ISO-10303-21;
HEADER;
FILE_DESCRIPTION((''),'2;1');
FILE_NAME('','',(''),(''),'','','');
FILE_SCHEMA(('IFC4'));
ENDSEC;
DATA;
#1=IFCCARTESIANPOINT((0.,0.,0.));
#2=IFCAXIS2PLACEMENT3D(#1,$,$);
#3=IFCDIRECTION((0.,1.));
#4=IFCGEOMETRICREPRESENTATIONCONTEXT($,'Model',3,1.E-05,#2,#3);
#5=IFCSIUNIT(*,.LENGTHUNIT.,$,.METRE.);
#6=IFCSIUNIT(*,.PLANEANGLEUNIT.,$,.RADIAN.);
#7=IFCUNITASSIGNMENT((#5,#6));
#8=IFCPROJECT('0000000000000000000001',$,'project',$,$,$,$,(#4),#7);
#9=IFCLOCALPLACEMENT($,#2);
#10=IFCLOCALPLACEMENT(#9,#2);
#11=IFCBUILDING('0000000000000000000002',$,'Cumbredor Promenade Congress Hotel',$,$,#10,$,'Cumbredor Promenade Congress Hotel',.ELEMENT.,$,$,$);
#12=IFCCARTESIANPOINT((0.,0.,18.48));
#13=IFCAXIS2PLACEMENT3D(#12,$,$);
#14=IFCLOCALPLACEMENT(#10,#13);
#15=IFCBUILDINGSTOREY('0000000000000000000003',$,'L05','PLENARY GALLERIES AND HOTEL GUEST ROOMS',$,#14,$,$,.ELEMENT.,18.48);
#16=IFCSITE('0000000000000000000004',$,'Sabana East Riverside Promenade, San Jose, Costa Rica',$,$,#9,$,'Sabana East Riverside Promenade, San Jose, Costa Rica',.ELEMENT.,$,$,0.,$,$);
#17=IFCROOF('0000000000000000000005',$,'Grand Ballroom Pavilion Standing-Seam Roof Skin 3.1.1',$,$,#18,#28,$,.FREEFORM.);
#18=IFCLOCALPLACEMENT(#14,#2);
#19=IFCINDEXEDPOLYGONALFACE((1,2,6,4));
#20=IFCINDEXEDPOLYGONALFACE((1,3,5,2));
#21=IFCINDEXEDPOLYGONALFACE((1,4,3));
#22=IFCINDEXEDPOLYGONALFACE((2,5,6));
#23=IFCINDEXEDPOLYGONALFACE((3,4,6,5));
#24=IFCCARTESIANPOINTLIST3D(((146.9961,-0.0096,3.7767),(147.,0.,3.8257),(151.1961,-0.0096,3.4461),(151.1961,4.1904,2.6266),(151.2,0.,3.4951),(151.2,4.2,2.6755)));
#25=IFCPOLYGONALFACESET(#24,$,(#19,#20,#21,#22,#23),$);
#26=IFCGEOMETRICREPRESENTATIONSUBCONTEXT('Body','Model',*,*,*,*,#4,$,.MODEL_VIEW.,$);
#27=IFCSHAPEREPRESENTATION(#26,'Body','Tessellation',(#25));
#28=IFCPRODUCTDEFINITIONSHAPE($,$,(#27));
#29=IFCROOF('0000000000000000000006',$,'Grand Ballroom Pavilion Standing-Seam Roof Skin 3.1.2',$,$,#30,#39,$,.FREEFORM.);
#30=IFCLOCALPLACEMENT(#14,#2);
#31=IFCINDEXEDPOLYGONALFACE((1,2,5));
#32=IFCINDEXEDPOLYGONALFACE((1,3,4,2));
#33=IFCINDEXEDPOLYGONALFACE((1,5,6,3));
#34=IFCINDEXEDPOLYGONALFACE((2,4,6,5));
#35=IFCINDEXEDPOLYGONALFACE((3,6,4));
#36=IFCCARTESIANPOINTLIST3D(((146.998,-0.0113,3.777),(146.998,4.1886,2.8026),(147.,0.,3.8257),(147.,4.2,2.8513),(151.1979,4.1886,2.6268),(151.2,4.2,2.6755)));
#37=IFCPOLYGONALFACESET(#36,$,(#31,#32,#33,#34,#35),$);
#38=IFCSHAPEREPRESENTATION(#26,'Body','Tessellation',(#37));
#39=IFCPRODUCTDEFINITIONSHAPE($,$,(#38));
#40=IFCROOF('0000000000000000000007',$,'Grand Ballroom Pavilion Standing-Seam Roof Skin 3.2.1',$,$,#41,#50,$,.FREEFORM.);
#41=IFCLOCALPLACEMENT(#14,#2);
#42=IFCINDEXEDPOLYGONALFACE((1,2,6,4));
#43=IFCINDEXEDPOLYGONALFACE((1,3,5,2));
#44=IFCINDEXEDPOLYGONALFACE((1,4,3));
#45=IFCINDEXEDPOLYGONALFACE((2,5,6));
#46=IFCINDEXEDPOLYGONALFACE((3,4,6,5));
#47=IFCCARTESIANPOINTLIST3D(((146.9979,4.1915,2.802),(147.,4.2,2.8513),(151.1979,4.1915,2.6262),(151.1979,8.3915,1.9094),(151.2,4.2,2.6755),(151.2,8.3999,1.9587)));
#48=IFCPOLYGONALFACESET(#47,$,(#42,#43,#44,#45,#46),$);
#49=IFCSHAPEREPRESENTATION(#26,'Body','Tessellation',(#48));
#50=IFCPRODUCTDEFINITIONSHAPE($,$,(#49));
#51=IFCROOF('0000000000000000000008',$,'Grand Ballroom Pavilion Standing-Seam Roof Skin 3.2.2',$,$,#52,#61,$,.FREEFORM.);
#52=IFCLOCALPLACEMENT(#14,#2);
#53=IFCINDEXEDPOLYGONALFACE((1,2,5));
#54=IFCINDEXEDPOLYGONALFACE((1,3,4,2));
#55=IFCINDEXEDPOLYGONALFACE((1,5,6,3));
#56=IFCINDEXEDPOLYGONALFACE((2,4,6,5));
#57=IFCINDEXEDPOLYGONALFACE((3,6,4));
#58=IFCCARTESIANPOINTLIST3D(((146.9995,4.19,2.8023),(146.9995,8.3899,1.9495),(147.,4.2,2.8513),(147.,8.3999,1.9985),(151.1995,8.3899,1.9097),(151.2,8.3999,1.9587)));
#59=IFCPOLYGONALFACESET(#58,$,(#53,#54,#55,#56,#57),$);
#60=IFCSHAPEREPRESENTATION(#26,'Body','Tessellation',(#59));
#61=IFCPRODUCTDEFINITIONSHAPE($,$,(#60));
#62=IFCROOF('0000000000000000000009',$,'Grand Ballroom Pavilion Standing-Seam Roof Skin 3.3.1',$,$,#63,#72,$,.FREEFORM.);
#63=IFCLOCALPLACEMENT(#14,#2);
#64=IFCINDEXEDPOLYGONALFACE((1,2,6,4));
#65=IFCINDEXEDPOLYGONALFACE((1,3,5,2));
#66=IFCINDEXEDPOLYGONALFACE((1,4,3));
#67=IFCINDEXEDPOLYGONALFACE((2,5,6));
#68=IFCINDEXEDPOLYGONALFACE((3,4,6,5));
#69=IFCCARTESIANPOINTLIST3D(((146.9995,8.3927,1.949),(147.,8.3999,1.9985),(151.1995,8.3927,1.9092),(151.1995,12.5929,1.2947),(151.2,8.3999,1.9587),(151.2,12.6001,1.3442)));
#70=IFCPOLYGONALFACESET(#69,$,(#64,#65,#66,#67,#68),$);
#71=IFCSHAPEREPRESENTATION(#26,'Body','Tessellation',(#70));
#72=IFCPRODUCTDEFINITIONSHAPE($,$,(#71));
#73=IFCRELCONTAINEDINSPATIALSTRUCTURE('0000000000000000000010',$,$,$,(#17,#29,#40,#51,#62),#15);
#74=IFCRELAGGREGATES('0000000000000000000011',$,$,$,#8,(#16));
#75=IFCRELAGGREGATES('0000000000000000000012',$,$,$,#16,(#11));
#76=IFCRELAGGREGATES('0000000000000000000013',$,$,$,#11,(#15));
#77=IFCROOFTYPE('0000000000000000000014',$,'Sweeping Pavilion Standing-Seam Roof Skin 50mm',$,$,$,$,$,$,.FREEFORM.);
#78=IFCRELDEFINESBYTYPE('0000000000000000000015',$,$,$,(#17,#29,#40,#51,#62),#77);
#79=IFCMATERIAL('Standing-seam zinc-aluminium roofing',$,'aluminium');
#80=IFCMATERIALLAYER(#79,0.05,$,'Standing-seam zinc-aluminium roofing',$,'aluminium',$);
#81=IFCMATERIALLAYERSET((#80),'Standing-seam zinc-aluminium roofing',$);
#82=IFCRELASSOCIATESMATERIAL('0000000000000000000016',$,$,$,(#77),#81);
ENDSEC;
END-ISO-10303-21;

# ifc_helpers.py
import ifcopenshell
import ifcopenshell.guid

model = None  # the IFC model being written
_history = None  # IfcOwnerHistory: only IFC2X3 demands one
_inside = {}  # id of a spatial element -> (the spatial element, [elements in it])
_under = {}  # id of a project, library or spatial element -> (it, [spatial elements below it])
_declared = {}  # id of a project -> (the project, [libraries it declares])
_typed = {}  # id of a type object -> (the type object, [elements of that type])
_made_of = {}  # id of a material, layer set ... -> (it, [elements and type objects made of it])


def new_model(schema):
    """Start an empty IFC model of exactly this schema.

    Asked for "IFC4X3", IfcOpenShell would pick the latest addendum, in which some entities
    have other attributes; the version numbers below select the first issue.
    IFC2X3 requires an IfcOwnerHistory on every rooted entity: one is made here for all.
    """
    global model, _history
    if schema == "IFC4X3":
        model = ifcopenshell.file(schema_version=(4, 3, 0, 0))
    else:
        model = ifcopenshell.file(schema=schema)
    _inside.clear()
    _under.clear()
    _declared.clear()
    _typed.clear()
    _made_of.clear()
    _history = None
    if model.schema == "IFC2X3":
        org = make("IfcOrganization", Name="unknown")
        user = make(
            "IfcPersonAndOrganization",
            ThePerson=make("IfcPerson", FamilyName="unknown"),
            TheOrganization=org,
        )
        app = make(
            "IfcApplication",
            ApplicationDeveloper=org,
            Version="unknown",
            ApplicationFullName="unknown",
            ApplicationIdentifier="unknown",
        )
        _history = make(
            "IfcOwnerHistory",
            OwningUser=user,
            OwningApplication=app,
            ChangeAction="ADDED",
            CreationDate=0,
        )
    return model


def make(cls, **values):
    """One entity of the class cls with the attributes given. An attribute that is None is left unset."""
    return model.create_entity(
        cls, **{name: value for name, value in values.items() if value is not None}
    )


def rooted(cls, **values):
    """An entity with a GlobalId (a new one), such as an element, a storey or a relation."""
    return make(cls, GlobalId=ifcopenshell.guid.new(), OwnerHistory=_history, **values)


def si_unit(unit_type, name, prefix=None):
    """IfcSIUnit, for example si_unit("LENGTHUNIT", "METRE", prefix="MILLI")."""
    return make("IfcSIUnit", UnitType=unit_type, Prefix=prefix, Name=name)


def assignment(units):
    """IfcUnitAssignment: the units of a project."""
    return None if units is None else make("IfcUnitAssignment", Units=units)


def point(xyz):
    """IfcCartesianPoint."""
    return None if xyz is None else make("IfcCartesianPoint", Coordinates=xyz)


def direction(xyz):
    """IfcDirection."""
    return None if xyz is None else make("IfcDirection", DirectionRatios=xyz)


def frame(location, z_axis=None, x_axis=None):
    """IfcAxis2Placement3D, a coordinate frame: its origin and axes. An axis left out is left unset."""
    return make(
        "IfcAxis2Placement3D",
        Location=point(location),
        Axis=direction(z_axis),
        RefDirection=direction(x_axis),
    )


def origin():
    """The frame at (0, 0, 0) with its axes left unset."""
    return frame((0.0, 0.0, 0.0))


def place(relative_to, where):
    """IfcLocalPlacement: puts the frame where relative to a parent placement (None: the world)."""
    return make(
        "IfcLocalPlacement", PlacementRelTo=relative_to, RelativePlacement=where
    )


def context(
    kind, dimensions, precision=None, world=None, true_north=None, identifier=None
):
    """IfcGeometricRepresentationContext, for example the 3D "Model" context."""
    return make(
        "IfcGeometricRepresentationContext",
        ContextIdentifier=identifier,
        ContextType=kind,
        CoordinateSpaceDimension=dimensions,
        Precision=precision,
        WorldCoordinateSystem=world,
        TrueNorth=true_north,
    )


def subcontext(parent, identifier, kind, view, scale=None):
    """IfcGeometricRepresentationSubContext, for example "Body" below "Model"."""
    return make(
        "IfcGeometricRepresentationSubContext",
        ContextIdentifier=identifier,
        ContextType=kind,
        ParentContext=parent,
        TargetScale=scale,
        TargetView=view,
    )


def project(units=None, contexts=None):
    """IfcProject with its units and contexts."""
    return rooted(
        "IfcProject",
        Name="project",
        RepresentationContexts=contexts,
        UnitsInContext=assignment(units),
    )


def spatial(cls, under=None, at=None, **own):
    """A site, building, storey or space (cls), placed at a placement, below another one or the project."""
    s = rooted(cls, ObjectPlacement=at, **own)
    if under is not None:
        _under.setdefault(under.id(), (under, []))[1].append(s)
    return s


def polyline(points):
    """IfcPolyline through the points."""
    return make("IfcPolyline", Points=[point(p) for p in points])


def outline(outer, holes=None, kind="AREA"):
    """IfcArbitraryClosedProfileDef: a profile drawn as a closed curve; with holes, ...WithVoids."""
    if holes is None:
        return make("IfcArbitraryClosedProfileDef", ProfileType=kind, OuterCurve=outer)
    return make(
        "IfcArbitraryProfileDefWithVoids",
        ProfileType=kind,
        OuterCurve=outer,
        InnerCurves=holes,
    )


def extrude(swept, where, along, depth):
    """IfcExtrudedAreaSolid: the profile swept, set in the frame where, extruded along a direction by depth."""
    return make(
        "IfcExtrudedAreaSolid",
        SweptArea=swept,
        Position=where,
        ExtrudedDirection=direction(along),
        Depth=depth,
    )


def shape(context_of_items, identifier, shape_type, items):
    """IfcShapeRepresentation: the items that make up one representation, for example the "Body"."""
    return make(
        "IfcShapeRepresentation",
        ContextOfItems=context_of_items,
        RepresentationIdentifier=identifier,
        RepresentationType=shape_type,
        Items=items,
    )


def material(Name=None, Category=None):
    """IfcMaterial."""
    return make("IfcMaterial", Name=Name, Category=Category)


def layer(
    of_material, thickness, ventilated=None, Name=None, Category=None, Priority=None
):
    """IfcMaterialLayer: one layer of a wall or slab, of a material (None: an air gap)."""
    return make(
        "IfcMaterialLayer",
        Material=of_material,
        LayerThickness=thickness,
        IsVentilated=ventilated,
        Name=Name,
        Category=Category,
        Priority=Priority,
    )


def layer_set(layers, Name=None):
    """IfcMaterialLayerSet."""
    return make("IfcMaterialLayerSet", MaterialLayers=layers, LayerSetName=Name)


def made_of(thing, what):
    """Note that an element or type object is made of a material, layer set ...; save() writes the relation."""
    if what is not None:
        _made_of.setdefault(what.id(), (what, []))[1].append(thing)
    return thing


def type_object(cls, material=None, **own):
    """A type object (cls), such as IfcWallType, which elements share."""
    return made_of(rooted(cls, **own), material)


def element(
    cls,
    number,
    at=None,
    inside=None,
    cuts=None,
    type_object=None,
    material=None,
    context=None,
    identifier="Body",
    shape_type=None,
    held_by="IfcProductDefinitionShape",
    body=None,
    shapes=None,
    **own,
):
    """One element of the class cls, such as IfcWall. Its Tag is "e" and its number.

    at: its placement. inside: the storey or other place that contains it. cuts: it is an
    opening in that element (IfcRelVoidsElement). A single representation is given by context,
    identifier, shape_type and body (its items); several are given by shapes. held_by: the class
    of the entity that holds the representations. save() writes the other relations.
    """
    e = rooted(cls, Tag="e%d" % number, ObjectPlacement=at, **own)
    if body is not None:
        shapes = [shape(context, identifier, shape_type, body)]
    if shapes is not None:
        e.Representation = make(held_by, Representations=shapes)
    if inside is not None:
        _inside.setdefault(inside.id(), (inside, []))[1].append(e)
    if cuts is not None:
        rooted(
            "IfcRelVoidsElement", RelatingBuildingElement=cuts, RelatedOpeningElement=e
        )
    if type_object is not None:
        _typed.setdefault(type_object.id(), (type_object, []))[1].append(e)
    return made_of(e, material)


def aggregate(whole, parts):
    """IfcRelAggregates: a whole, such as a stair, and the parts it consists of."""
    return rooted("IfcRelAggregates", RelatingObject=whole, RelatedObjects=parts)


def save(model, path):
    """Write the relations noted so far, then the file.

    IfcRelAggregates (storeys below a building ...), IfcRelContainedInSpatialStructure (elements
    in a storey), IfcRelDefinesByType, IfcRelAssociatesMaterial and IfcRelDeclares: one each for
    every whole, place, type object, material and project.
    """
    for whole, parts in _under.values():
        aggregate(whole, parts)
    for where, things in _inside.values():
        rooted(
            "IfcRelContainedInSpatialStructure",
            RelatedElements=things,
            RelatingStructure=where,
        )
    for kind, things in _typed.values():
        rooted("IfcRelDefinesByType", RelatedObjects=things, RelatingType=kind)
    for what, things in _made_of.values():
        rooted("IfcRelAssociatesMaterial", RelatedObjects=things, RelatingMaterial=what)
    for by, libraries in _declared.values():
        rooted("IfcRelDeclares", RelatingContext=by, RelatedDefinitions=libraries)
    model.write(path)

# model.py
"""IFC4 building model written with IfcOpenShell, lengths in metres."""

from ifc_helpers import new_model, si_unit, direction, frame, origin, place, context, subcontext, project, spatial, polyline, outline, extrude, material, layer, layer_set, type_object, element, save


model = new_model("IFC4")

# Units and contexts
model_context = context("Model", 3, precision=1e-05, world=origin(), true_north=direction((0.0, 1.0)))
body_context = subcontext(model_context, "Body", "Model", "MODEL_VIEW")
ifc_project = project(units=[si_unit("LENGTHUNIT", "METRE"), si_unit("PLANEANGLEUNIT", "RADIAN")], contexts=[model_context])

# Site, building, storey
site_placement = place(None, origin())
site = spatial("IfcSite", under=ifc_project, at=site_placement, Name="Sabana East Riverside Promenade, San Jose, Costa Rica", LongName="Sabana East Riverside Promenade, San Jose, Costa Rica", CompositionType="ELEMENT", RefElevation=0.0)
building_placement = place(site_placement, origin())
building = spatial("IfcBuilding", under=site, at=building_placement, Name="Cumbredor Promenade Congress Hotel", LongName="Cumbredor Promenade Congress Hotel", CompositionType="ELEMENT")
storey_placement = place(building_placement, frame((0.0, 0.0, 18.48)))
storey = spatial("IfcBuildingStorey", under=building, at=storey_placement, Name="L05", Description="PLENARY GALLERIES AND HOTEL GUEST ROOMS", CompositionType="ELEMENT", Elevation=18.48)

# Roofs
ifc_material_1 = material(Name="Standing-seam zinc-aluminium roofing", Category="aluminium")
ifc_layer_1 = layer(ifc_material_1, 0.05, Name="Standing-seam zinc-aluminium roofing", Category="aluminium")
ifc_layer_set_1 = layer_set([ifc_layer_1], Name="Standing-seam zinc-aluminium roofing")
roof_type = type_object("IfcRoofType", Name="Sweeping Pavilion Standing-Seam Roof Skin 50mm", PredefinedType="FREEFORM", material=ifc_layer_set_1)
roof_1_placement = place(storey_placement, frame((147.0, 0.0, 3.8257), z_axis=(0.077021, 0.190959, 0.978572), x_axis=(0.996917, 0.0, -0.078465)))
element("IfcRoof", 1, at=roof_1_placement, inside=storey, type_object=roof_type, Name="Grand Ballroom Pavilion Standing-Seam Roof Skin 3.1.1", PredefinedType="FREEFORM", context=body_context, shape_type="SweptSolid", body=[
    extrude(outline(polyline([(0.0, 0.0), (4.2129, 0.0), (4.2772, 4.2787), (0.0, 0.0)])), origin(), (0.0, 0.0, -1.0), 0.05),
])
roof_2_placement = place(storey_placement, frame((147.0, 0.0, 3.8257), z_axis=(0.040737, 0.225805, 0.97332), x_axis=(0.694211, 0.694211, -0.190108)))
element("IfcRoof", 2, at=roof_2_placement, inside=storey, type_object=roof_type, Name="Grand Ballroom Pavilion Standing-Seam Roof Skin 3.1.2", PredefinedType="FREEFORM", context=body_context, shape_type="SweptSolid", body=[
    extrude(outline(polyline([(0.0, 0.0), (6.05, 0.0), (3.1009, 2.9956), (0.0, 0.0)])), origin(), (0.0, 0.0, -1.0), 0.05),
])
roof_3_placement = place(storey_placement, frame((147.0, 4.2, 2.8513), z_axis=(0.041222, 0.168092, 0.984909), x_axis=(0.999125, 0.0, -0.041817)))
element("IfcRoof", 3, at=roof_3_placement, inside=storey, type_object=roof_type, Name="Grand Ballroom Pavilion Standing-Seam Roof Skin 3.2.1", PredefinedType="FREEFORM", context=body_context, shape_type="SweptSolid", body=[
    extrude(outline(polyline([(0.0, 0.0), (4.2036, 0.0), (4.2336, 4.2606), (0.0, 0.0)])), origin(), (0.0, 0.0, -1.0), 0.05),
])
roof_4_placement = place(storey_placement, frame((147.0, 4.2, 2.8513), z_axis=(0.009285, 0.198977, 0.97996), x_axis=(0.699255, 0.699255, -0.148606)))
element("IfcRoof", 4, at=roof_4_placement, inside=storey, type_object=roof_type, Name="Grand Ballroom Pavilion Standing-Seam Roof Skin 3.2.2", PredefinedType="FREEFORM", context=body_context, shape_type="SweptSolid", body=[
    extrude(outline(polyline([(0.0, 0.0), (6.0063, 0.0), (3.0636, 2.9969), (0.0, 0.0)])), origin(), (0.0, 0.0, -1.0), 0.05),
])
roof_5_placement = place(storey_placement, frame((147.0, 8.3999, 1.9985), z_axis=(0.009375, 0.144756, 0.989423), x_axis=(0.999955, 0.0, -0.009475)))
element("IfcRoof", 5, at=roof_5_placement, inside=storey, type_object=roof_type, Name="Grand Ballroom Pavilion Standing-Seam Roof Skin 3.3.1", PredefinedType="FREEFORM", context=body_context, shape_type="SweptSolid", body=[
    extrude(outline(polyline([(0.0, 0.0), (4.2001, 0.0), (4.206, 4.2449), (0.0, 0.0)])), origin(), (0.0, 0.0, -1.0), 0.05),
])

save(model, "model.ifc")
